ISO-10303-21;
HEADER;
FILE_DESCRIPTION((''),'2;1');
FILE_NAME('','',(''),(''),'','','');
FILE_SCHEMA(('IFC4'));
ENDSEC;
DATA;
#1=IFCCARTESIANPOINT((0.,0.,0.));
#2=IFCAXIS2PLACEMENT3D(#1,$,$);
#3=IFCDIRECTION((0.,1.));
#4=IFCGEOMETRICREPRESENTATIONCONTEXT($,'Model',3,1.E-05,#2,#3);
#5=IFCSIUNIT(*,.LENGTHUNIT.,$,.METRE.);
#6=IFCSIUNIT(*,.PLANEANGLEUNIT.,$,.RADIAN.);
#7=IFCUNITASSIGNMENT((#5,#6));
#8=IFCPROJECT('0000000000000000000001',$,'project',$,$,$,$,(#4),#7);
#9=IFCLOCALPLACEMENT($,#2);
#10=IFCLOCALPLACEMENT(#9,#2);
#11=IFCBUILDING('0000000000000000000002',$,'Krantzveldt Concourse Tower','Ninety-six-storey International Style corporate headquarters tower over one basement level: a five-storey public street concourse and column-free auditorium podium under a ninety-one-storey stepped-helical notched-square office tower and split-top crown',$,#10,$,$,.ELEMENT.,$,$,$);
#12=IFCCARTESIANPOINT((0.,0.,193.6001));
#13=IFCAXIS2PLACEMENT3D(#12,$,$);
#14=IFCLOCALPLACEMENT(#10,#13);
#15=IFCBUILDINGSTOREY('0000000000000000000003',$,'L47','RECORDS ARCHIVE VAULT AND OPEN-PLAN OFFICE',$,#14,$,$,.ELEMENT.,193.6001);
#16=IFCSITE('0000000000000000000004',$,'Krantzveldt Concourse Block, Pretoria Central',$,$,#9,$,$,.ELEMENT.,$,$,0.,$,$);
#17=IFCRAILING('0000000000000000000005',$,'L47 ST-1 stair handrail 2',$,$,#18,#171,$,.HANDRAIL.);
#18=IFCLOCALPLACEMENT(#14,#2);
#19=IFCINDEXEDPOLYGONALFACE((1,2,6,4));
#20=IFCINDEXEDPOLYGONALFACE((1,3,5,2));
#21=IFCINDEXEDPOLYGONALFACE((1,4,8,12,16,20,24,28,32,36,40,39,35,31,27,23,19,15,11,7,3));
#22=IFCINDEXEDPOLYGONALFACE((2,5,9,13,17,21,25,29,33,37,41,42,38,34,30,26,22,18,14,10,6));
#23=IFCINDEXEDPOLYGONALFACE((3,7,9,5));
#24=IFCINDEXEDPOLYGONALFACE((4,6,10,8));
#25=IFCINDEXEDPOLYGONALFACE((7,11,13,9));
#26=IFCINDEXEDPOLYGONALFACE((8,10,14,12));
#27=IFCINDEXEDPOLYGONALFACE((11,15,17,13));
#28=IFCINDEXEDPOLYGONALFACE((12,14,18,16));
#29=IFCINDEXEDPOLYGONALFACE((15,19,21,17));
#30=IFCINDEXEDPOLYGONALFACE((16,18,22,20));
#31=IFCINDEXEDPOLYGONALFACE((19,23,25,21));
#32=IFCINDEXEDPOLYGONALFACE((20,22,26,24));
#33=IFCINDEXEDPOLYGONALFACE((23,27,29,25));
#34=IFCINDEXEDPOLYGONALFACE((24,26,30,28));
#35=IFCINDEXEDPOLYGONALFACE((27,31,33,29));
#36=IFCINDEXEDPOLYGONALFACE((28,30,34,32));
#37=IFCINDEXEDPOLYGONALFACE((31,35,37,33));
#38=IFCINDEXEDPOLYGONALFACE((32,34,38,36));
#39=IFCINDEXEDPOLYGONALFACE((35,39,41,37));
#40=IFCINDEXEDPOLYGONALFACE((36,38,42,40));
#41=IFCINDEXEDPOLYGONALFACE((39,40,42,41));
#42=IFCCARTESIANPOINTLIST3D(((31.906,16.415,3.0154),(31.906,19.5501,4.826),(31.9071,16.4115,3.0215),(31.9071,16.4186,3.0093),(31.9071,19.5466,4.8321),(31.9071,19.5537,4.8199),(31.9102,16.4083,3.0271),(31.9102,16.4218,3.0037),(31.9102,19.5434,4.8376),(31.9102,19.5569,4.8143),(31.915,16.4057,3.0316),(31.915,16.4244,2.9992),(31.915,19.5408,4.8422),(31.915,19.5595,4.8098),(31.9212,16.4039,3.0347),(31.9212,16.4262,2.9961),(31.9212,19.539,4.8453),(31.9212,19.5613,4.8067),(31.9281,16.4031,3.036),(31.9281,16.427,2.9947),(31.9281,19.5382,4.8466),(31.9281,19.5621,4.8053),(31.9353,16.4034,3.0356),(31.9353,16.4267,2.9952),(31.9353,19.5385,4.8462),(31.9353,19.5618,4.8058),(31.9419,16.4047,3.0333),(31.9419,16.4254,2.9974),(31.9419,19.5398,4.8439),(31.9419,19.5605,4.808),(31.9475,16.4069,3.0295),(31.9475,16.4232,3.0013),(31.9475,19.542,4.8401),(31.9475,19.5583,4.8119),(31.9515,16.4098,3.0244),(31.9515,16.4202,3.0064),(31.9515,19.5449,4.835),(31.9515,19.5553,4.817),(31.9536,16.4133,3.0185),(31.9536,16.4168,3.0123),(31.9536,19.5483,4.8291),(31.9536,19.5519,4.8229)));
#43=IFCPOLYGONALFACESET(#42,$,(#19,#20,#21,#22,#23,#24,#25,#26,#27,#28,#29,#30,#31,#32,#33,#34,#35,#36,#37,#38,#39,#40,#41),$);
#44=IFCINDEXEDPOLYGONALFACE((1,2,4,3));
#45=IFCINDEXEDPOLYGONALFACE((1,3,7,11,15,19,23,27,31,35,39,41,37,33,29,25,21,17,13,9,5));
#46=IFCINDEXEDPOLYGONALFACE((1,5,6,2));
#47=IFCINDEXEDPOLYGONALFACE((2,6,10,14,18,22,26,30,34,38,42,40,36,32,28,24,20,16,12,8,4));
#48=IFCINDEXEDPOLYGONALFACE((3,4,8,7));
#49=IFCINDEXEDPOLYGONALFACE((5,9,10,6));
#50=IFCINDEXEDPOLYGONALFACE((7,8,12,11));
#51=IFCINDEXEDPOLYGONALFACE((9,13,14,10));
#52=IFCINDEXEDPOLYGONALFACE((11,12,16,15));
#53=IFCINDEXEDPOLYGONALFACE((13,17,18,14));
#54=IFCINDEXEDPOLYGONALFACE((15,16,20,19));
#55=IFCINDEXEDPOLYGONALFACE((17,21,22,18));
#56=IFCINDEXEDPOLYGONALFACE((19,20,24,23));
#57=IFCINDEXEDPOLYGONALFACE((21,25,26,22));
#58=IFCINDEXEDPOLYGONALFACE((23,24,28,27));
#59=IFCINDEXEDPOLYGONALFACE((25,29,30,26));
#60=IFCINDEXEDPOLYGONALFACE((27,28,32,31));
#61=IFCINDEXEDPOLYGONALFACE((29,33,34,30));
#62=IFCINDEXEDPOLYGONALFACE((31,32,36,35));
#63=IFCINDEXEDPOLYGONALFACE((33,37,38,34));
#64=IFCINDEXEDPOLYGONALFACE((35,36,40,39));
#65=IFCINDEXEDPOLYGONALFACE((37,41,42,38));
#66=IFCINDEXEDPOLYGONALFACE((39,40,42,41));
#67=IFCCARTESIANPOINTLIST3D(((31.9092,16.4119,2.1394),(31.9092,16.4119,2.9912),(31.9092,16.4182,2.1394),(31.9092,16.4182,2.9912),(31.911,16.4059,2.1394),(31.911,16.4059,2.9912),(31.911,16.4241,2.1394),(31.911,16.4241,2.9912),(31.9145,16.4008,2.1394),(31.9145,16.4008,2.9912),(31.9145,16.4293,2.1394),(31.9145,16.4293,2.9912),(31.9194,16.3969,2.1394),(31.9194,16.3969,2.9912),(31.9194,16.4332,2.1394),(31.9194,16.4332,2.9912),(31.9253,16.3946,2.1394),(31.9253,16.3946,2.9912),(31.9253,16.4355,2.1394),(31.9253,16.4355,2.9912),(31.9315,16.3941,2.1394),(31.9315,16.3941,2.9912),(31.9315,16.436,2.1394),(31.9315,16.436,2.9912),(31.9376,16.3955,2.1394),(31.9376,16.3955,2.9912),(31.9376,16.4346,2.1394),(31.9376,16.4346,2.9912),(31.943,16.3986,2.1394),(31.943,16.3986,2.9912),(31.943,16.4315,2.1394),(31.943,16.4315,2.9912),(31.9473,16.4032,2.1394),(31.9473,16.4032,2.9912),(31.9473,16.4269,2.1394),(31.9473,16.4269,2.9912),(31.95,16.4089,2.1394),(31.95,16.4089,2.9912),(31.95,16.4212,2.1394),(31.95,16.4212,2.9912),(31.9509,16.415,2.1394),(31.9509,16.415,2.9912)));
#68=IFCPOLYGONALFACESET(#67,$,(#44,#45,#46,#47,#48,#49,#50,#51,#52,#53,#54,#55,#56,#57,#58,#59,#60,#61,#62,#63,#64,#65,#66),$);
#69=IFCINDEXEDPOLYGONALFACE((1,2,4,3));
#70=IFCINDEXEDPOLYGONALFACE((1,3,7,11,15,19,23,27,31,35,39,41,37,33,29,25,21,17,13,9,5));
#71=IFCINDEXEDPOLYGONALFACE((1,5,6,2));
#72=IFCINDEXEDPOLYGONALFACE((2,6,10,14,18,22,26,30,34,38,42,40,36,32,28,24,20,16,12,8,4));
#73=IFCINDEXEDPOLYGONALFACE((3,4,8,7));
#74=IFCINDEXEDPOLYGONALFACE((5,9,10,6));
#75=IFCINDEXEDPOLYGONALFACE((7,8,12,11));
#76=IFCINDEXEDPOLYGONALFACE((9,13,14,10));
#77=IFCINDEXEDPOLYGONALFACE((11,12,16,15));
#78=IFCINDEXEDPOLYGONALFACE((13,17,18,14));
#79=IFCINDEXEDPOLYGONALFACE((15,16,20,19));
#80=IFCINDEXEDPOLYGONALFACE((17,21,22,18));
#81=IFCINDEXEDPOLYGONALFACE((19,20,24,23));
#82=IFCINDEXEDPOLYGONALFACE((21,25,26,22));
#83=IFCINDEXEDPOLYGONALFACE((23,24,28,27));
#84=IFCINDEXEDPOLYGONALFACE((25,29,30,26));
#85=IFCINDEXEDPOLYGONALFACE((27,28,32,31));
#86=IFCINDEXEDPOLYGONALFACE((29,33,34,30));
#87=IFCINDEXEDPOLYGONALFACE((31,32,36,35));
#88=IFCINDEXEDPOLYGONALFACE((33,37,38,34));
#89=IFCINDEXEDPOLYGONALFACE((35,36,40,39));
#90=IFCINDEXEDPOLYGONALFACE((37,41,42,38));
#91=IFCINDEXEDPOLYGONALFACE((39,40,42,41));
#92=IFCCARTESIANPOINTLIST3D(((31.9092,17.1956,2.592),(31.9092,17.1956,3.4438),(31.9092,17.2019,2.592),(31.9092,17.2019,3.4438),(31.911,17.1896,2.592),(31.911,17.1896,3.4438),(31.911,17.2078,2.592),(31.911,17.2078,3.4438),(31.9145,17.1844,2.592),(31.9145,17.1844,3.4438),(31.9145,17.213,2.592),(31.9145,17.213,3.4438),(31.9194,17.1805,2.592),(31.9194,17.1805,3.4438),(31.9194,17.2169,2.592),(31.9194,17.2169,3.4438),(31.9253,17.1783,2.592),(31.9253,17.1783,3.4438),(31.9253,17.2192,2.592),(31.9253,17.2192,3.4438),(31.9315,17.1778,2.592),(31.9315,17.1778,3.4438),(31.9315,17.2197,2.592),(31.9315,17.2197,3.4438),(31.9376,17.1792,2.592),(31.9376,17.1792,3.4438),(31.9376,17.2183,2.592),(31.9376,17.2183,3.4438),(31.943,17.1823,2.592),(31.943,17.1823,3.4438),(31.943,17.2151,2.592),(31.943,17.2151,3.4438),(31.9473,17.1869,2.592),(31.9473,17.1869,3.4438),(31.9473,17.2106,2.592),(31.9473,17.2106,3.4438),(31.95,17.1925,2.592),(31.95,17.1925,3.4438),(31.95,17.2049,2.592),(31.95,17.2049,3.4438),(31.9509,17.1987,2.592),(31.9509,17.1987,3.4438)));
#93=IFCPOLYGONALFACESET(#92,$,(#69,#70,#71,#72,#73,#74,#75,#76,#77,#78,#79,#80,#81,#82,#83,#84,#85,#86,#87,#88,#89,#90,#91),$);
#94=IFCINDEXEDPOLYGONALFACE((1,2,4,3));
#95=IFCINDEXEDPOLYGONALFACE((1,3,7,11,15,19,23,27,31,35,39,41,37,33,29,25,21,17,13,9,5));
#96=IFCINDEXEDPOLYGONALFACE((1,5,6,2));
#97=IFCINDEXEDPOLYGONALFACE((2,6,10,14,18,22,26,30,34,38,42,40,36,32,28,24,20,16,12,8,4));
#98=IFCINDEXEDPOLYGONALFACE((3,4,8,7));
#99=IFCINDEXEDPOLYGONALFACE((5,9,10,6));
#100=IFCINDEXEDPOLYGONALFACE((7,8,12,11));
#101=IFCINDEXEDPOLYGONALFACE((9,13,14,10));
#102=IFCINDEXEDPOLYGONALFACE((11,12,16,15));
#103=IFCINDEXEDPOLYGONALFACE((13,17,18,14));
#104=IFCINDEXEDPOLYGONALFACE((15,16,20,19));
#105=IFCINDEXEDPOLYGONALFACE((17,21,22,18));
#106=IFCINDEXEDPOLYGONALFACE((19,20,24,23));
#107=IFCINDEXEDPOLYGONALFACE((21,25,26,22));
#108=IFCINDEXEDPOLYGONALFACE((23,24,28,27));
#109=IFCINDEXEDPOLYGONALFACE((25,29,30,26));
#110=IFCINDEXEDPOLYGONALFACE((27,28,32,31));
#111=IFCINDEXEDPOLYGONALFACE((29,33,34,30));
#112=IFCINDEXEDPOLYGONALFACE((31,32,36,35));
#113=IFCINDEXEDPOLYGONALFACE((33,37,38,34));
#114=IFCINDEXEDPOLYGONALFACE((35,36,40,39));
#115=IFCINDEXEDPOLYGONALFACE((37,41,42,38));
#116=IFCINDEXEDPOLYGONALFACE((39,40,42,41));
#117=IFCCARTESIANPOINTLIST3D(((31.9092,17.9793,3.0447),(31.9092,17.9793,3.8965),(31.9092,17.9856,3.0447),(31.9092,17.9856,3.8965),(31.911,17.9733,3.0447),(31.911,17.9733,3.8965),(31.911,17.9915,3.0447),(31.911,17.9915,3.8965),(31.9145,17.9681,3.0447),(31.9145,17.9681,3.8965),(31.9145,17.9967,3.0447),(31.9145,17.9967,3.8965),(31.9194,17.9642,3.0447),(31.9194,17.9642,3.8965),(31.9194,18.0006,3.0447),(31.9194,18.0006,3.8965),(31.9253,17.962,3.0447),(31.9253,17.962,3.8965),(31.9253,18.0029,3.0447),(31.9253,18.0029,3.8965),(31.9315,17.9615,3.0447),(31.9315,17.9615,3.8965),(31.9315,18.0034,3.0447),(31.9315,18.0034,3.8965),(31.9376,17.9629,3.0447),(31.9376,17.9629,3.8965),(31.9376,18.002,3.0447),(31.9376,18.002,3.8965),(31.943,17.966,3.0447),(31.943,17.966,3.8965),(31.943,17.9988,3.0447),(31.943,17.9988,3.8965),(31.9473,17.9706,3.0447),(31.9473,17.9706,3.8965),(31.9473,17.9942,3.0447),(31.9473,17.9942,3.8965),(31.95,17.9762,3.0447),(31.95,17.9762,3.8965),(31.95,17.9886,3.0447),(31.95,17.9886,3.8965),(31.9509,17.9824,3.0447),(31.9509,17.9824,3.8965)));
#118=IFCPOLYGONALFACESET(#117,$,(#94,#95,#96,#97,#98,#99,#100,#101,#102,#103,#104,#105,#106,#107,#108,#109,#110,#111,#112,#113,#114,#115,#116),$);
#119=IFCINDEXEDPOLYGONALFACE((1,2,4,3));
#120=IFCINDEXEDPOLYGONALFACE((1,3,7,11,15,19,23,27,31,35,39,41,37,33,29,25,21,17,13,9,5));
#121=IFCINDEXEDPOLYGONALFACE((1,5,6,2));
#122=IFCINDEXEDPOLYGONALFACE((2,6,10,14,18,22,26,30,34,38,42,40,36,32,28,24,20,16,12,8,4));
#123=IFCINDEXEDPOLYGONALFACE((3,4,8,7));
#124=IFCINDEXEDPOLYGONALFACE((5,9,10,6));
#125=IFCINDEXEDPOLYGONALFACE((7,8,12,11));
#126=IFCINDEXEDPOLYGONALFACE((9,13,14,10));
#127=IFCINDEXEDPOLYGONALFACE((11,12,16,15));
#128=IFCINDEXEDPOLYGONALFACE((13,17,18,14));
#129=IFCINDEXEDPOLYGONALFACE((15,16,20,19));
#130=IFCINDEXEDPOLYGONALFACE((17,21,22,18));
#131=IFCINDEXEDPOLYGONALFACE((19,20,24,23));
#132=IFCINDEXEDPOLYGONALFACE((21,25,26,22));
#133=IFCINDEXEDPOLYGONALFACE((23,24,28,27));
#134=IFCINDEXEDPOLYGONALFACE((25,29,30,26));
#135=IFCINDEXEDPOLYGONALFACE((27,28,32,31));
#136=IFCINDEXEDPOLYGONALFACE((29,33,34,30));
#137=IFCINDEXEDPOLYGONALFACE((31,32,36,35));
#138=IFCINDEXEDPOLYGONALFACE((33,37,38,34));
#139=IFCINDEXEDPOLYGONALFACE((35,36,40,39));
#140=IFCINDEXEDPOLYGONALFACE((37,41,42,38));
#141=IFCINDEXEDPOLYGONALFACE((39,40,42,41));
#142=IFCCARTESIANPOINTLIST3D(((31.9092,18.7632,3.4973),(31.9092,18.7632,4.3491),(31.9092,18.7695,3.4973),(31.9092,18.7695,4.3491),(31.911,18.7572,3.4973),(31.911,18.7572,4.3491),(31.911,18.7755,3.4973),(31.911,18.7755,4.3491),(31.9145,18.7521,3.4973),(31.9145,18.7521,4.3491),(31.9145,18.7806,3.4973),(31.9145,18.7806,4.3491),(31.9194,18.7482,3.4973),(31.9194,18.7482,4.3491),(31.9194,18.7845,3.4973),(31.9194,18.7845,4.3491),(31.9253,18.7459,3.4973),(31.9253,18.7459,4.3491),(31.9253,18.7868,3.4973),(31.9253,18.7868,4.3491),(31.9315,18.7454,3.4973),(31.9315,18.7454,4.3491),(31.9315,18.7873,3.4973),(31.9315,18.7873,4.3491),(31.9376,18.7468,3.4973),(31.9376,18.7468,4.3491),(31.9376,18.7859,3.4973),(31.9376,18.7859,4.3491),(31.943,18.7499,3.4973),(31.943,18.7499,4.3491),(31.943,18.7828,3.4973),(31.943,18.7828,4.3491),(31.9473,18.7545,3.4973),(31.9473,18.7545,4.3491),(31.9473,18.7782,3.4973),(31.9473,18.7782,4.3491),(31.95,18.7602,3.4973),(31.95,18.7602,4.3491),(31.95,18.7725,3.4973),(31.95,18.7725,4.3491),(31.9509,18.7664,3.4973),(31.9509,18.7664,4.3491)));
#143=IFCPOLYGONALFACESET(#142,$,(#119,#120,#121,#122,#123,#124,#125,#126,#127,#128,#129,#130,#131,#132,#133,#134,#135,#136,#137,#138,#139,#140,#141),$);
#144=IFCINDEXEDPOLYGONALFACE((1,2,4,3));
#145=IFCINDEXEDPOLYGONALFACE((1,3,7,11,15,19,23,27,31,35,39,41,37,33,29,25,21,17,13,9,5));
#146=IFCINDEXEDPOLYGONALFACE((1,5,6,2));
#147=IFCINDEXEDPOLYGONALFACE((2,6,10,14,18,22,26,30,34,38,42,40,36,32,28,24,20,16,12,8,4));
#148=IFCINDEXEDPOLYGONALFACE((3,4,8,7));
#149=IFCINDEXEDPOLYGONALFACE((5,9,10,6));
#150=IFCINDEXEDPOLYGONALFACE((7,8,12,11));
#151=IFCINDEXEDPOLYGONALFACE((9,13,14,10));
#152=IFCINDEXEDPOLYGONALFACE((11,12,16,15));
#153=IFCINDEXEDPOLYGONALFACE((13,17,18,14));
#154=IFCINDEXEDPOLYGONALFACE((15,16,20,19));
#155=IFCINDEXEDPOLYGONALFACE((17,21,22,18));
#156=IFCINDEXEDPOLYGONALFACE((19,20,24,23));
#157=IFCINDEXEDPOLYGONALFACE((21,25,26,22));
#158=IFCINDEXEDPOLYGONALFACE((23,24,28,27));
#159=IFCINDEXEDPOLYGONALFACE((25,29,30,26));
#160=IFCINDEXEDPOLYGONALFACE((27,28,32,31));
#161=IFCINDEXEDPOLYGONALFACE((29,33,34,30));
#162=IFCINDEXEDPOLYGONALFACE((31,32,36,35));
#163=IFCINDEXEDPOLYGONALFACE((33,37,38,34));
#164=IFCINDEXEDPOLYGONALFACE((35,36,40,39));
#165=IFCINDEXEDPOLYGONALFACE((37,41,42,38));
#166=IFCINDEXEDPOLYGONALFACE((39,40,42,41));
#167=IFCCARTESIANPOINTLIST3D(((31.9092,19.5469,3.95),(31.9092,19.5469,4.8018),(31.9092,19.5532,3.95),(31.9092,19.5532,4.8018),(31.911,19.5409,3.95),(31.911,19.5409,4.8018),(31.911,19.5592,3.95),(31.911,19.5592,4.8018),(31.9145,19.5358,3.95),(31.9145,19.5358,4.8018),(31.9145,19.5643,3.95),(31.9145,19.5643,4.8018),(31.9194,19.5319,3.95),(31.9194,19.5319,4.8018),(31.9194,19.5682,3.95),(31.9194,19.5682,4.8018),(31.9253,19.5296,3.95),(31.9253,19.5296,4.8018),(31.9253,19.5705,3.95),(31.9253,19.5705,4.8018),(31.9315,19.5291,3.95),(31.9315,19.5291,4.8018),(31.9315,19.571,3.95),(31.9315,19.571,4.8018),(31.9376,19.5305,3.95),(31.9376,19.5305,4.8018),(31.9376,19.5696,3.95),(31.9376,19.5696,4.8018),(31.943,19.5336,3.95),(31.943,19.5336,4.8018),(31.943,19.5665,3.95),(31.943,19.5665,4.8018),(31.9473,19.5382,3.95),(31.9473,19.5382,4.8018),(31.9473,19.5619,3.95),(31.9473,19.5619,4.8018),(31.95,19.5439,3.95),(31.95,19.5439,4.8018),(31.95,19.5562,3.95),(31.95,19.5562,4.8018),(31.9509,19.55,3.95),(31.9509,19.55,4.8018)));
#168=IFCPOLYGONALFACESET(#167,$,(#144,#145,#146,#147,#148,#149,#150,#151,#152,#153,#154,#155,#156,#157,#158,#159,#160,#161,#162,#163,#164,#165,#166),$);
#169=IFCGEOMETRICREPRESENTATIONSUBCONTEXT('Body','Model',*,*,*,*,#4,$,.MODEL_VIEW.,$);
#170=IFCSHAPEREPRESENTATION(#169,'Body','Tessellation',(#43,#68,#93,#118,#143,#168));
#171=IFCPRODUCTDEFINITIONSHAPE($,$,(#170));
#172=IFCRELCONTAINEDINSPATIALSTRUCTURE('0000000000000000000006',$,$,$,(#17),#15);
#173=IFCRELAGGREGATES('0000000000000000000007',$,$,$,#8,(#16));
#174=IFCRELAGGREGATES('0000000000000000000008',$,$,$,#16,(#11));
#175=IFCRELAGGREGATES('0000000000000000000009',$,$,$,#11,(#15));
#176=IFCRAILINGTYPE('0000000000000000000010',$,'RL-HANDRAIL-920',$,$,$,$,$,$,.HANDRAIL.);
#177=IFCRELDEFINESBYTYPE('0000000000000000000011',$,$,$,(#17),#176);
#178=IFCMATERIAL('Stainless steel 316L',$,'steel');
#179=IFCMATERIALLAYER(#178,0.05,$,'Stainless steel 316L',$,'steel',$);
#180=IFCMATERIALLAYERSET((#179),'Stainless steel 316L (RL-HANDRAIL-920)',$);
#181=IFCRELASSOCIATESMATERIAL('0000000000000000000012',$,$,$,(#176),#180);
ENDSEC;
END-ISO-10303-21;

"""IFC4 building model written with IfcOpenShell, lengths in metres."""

from ifc_helpers import new_model, si_unit, direction, frame, origin, origin_2d, place, context, subcontext, project, spatial, circle, extrude, material, layer, layer_set, type_object, element, save


model = new_model("IFC4")

# Units and contexts
model_context = context("Model", 3, precision=1e-05, world=origin(), true_north=direction((0.0, 1.0)))
body_context = subcontext(model_context, "Body", "Model", "MODEL_VIEW")
ifc_project = project(units=[si_unit("LENGTHUNIT", "METRE"), si_unit("PLANEANGLEUNIT", "RADIAN")], contexts=[model_context])

# Site, building, storey
site_placement = place(None, origin())
site = spatial("IfcSite", under=ifc_project, at=site_placement, Name="Krantzveldt Concourse Block, Pretoria Central", CompositionType="ELEMENT", RefElevation=0.0)
building_placement = place(site_placement, origin())
building = spatial("IfcBuilding", under=site, at=building_placement, Name="Krantzveldt Concourse Tower", Description="Ninety-six-storey International Style corporate headquarters tower over one basement level: a five-storey public street concourse and column-free auditorium podium under a ninety-one-storey stepped-helical notched-square office tower and split-top crown", CompositionType="ELEMENT")
storey_placement = place(building_placement, frame((0.0, 0.0, 193.6001)))
storey = spatial("IfcBuildingStorey", under=building, at=storey_placement, Name="L47", Description="RECORDS ARCHIVE VAULT AND OPEN-PLAN OFFICE", CompositionType="ELEMENT", Elevation=193.6001)

# Shared definitions
ifc_material_1 = material(Name="Stainless steel 316L", Category="steel")

# Railing
ifc_layer_1 = layer(ifc_material_1, 0.05, Name="Stainless steel 316L", Category="steel")
ifc_layer_set_1 = layer_set([ifc_layer_1], Name="Stainless steel 316L (RL-HANDRAIL-920)")
railing_type_1 = type_object("IfcRailingType", Name="RL-HANDRAIL-920", PredefinedType="HANDRAIL", material=ifc_layer_set_1)
railing_1_placement = place(storey_placement, frame((31.9299, 16.415, 2.1394)))
element("IfcRailing", 1, at=railing_1_placement, inside=storey, type_object=railing_type_1, Name="L47 ST-1 stair handrail 2", PredefinedType="HANDRAIL", context=body_context, shape_type="SweptSolid", body=[
    extrude(circle(Radius=0.0239, at=origin_2d()), frame((0.0, 0.0, 0.876), z_axis=(0.0, 0.86596, 0.500114), x_axis=(-1.0, 0.0, 0.0)), (0.0, 0.0, 1.0), 3.6204),
    extrude(circle(Radius=0.021, at=origin_2d()), origin(), (0.0, 0.0, 1.0), 0.8518),
    extrude(circle(Radius=0.021, at=origin_2d()), frame((0.0, 0.7837, 0.4526)), (0.0, 0.0, 1.0), 0.8518),
    extrude(circle(Radius=0.021, at=origin_2d()), frame((0.0, 1.5674, 0.9053)), (0.0, 0.0, 1.0), 0.8518),
    extrude(circle(Radius=0.021, at=origin_2d()), frame((0.0, 2.3513, 1.3579)), (0.0, 0.0, 1.0), 0.8518),
    extrude(circle(Radius=0.021, at=origin_2d()), frame((0.0, 3.135, 1.8105)), (0.0, 0.0, 1.0), 0.8518),
])

save(model, "model.ifc")
